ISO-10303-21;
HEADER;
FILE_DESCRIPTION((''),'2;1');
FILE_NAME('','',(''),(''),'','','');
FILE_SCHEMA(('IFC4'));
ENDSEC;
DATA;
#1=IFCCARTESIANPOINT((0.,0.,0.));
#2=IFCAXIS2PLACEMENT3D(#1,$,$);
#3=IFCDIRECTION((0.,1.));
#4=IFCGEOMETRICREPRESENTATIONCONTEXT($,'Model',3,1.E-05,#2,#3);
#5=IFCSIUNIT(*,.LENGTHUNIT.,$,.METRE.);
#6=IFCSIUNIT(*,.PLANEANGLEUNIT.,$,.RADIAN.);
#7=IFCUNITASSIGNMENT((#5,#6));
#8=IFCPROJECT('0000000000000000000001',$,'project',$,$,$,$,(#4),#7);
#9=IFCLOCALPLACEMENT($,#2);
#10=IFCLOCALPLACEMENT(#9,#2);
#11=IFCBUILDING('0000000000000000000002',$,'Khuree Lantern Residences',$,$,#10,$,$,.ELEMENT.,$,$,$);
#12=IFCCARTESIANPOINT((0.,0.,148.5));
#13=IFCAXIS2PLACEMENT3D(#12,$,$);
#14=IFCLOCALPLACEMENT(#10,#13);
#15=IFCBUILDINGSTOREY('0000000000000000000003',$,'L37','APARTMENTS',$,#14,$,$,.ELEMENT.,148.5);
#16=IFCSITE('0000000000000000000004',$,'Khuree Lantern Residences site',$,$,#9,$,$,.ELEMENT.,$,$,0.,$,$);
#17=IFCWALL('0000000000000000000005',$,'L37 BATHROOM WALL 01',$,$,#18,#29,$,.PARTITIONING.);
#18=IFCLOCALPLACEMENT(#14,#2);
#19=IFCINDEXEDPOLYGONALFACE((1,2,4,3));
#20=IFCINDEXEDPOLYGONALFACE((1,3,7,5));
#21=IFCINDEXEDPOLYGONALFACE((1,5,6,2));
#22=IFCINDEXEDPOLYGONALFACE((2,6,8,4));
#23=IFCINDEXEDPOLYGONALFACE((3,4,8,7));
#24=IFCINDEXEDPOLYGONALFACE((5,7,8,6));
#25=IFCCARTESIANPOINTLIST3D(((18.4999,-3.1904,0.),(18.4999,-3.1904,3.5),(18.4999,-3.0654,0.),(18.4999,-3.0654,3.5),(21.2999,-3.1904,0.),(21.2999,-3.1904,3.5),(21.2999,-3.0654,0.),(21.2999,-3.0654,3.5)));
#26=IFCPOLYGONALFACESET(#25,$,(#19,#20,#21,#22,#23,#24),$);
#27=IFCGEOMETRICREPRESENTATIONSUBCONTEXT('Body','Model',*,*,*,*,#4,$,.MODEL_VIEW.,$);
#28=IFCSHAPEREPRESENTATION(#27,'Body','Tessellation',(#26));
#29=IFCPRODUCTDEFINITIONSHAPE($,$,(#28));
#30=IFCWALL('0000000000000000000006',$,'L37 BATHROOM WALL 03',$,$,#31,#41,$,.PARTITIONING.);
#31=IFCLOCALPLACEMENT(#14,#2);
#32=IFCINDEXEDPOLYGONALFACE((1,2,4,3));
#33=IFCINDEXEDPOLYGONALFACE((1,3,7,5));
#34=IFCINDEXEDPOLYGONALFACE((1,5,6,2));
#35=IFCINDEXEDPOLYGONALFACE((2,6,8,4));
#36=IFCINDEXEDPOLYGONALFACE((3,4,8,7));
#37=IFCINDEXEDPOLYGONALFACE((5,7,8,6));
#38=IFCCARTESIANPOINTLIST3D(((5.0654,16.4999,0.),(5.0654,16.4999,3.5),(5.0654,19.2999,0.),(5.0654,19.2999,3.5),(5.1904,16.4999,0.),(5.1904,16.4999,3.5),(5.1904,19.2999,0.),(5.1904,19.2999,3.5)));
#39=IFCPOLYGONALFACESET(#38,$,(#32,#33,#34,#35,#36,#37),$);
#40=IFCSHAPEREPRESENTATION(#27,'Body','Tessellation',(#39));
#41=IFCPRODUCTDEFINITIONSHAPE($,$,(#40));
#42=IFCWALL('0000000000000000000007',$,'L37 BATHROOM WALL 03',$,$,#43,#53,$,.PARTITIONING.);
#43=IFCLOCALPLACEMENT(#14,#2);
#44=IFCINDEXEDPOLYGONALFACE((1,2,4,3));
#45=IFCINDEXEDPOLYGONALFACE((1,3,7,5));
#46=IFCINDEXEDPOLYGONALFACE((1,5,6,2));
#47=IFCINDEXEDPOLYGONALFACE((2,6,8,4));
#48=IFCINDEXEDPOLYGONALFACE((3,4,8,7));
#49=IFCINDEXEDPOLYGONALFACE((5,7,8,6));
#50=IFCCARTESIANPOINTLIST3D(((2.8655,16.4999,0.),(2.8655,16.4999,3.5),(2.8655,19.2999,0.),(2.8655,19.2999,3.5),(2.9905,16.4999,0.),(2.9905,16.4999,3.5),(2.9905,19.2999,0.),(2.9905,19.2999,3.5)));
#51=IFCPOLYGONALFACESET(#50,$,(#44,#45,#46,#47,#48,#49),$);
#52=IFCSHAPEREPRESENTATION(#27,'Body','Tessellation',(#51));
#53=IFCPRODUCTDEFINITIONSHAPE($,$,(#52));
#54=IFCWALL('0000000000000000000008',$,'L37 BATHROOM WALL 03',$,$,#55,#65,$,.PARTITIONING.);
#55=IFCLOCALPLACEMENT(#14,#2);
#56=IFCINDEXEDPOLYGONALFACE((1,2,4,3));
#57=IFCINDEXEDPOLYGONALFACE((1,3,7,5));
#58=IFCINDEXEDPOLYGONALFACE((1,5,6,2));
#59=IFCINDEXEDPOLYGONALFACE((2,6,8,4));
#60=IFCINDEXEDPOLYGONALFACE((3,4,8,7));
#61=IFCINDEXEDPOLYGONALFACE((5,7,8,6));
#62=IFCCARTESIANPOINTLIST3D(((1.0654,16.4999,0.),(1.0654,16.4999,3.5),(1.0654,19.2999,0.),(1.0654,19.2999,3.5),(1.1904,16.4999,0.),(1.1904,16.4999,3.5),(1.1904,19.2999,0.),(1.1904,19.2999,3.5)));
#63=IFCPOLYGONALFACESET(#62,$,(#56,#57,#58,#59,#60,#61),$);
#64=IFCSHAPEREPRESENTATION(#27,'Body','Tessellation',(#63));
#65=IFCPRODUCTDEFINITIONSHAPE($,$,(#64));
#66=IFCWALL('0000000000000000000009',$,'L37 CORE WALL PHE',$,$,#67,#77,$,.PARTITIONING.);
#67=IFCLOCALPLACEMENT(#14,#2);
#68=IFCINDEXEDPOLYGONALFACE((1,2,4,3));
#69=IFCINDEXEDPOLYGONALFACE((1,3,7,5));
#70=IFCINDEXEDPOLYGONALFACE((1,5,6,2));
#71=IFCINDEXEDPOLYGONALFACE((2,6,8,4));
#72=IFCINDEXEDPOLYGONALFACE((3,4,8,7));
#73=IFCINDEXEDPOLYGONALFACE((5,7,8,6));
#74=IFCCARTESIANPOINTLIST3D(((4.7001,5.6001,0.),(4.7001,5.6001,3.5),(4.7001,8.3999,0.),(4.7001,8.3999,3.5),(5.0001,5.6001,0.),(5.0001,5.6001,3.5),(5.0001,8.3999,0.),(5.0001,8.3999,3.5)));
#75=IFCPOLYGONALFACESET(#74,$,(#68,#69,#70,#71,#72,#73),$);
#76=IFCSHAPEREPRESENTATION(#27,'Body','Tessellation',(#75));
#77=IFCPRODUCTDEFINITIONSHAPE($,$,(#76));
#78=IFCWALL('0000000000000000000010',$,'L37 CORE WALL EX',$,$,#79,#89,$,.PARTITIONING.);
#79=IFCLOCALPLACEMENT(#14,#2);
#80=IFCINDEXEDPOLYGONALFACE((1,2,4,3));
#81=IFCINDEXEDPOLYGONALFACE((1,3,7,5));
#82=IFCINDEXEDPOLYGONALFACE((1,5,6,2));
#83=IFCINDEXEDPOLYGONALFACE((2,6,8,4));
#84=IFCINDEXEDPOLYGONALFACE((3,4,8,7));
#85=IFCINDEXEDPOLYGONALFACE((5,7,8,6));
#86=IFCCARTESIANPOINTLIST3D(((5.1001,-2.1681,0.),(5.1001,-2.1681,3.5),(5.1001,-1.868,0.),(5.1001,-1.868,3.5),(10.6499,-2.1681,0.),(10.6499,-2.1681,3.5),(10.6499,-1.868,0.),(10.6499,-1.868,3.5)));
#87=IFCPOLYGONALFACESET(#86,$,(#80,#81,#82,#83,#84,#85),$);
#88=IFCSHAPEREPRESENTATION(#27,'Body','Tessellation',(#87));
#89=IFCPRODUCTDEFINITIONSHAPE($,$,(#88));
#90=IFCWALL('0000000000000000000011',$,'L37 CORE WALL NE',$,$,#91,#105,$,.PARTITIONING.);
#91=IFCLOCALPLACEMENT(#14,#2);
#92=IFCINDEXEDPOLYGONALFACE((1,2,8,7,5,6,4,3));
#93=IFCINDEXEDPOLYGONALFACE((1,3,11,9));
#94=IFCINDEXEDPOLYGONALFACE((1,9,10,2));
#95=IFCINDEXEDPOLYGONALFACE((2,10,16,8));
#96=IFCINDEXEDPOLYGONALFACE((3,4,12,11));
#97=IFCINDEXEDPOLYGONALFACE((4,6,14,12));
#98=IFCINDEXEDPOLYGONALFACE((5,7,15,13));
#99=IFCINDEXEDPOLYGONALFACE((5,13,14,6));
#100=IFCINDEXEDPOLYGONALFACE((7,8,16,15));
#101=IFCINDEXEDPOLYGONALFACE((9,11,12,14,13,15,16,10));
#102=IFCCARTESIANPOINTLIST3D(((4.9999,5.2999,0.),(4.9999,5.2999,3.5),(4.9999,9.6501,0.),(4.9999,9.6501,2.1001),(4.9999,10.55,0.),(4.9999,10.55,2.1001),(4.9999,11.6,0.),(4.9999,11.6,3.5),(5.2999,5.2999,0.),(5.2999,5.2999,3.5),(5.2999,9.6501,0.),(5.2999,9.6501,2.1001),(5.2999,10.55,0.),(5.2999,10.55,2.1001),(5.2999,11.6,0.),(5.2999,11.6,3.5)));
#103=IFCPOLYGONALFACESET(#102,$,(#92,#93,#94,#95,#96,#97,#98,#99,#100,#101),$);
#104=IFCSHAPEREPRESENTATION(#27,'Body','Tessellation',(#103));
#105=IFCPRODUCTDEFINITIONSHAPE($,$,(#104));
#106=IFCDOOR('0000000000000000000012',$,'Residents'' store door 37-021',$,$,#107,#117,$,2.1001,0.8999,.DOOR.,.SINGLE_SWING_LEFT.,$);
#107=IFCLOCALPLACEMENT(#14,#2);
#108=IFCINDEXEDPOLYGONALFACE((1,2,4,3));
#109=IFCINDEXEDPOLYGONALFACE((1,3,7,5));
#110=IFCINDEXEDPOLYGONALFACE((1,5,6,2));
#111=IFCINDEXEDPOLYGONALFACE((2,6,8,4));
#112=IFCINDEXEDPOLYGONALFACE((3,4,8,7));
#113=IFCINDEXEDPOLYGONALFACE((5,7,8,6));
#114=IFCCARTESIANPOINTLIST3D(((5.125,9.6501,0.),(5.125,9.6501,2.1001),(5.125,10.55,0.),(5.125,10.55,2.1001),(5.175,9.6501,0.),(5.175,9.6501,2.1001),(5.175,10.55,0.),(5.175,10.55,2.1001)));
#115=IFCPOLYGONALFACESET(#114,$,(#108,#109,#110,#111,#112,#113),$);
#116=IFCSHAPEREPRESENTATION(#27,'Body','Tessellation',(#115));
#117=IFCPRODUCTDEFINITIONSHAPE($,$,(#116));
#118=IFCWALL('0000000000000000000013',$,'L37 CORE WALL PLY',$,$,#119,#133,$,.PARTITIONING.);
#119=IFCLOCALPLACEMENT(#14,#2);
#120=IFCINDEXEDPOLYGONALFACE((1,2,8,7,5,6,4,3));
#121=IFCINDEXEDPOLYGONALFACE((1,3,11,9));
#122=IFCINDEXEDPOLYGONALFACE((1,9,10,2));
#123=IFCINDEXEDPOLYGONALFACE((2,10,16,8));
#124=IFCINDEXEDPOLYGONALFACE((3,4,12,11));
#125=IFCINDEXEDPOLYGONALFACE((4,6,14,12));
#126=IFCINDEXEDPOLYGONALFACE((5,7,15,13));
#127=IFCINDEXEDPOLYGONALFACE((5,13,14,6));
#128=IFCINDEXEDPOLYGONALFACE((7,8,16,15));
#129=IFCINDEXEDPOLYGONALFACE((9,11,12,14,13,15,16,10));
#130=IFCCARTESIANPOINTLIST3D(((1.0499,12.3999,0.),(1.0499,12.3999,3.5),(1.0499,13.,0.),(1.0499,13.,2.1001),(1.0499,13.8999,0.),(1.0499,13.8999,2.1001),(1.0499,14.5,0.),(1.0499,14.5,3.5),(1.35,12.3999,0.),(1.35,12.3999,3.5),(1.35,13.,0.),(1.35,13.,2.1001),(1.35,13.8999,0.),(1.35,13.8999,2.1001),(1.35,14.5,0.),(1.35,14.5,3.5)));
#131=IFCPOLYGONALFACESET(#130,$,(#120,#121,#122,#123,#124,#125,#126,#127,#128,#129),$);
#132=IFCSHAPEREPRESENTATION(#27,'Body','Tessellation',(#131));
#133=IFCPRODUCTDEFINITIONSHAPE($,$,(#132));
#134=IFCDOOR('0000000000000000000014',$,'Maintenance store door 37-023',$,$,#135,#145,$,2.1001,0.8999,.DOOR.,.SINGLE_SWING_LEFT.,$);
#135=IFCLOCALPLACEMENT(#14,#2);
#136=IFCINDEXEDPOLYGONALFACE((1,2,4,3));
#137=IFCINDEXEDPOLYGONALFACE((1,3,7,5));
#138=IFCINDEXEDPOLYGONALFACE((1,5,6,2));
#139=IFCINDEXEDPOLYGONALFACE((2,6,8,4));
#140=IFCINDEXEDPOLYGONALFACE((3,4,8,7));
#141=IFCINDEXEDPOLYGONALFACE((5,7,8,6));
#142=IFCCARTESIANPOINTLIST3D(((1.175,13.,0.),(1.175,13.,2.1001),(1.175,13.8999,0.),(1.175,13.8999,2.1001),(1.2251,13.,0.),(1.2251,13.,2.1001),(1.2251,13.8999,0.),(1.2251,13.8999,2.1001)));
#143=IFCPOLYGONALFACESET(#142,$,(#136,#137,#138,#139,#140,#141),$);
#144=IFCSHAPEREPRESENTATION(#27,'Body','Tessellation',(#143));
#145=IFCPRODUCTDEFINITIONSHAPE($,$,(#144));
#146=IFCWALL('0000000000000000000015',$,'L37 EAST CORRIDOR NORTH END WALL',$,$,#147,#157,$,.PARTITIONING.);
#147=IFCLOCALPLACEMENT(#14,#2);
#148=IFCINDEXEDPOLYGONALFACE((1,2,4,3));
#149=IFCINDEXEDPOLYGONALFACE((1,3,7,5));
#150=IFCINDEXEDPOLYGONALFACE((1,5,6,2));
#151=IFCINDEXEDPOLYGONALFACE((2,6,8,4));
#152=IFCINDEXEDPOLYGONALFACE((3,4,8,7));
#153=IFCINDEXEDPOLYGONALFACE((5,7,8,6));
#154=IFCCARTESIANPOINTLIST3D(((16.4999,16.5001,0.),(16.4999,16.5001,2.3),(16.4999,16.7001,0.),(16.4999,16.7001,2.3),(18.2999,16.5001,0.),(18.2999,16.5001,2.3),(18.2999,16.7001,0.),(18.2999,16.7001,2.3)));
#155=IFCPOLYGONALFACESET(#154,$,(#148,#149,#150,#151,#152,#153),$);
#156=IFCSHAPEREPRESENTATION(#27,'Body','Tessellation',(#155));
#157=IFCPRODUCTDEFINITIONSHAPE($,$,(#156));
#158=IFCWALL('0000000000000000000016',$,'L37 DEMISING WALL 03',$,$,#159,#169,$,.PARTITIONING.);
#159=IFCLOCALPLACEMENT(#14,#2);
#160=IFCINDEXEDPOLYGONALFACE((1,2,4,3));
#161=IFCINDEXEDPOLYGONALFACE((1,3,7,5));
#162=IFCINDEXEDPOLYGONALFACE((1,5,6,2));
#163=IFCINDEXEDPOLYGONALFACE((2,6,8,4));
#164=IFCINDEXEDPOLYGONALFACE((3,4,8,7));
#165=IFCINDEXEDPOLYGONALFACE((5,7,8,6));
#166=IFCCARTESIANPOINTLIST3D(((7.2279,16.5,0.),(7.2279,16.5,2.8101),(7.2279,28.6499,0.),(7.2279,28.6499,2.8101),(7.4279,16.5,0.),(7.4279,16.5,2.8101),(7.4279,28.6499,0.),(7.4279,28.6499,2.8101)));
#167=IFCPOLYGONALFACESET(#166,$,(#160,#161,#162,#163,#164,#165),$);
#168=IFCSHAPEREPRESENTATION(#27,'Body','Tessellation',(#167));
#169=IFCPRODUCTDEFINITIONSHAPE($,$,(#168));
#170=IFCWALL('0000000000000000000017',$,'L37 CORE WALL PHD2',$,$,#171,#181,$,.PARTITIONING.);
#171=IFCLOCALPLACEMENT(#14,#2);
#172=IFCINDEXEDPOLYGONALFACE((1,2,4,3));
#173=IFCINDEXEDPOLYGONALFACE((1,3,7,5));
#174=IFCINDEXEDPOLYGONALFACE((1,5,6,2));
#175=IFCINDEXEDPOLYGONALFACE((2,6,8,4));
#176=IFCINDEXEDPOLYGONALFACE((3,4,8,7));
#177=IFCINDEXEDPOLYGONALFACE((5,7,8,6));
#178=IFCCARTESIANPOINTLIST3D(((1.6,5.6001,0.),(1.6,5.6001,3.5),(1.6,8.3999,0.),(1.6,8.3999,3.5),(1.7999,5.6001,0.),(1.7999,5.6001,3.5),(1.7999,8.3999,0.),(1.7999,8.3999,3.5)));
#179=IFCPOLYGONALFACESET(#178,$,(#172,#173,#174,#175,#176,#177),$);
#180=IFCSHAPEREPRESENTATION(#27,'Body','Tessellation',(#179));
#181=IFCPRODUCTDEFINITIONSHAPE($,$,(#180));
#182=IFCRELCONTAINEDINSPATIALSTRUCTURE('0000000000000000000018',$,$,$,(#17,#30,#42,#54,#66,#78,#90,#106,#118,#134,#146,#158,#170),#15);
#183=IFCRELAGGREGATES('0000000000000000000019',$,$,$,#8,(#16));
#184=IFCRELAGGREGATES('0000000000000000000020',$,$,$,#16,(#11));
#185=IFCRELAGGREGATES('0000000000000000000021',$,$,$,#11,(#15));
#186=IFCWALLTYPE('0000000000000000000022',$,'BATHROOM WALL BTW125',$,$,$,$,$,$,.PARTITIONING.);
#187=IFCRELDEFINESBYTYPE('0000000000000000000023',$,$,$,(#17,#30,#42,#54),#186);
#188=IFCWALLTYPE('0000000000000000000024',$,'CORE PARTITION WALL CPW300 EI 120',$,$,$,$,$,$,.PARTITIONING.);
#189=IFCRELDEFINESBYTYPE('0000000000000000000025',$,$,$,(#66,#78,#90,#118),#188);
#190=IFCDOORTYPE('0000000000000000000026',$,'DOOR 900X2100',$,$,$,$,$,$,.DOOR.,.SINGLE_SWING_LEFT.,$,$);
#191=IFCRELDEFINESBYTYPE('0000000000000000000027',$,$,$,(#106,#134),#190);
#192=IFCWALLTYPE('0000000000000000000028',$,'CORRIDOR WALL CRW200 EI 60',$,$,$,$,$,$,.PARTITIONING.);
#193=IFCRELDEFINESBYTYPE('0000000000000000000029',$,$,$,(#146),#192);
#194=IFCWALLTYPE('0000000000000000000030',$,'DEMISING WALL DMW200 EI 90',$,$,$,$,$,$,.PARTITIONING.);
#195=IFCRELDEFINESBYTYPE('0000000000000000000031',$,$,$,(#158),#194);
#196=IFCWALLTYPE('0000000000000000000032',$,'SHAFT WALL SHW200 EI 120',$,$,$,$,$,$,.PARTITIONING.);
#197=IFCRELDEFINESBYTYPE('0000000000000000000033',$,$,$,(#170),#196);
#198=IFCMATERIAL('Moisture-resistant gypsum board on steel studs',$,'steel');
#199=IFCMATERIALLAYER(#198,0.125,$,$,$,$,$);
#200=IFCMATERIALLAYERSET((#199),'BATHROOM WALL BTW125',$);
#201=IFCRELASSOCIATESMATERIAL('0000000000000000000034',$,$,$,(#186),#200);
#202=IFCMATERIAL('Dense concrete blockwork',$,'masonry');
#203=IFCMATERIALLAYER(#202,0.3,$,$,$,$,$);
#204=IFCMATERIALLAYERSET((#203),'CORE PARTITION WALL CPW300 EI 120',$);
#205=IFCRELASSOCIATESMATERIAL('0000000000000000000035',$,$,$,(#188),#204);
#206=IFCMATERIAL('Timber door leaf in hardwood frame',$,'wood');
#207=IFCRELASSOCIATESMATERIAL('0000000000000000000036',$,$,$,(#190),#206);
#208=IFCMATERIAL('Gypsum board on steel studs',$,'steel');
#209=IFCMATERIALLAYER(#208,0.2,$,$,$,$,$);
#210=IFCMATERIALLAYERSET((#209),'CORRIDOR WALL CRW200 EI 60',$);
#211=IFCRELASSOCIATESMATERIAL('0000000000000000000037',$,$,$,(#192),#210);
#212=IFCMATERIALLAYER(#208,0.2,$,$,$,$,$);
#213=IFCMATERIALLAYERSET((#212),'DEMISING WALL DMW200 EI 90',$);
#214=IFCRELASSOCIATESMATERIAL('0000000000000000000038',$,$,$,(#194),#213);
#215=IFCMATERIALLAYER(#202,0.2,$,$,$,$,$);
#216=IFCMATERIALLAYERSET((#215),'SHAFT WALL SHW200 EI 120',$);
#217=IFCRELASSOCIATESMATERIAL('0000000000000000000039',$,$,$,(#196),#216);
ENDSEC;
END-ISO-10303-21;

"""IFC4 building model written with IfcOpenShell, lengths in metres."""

from ifc_helpers import new_model, si_unit, direction, frame, frame_2d, origin, place, context, subcontext, project, spatial, rectangle, extrude, material, layer, layer_set, type_object, element, fill, save


model = new_model("IFC4")

# Units and contexts
model_context = context("Model", 3, precision=1e-05, world=origin(), true_north=direction((0.0, 1.0)))
body_context = subcontext(model_context, "Body", "Model", "MODEL_VIEW")
ifc_project = project(units=[si_unit("LENGTHUNIT", "METRE"), si_unit("PLANEANGLEUNIT", "RADIAN")], contexts=[model_context])

# Site, building, storey
site_placement = place(None, origin())
site = spatial("IfcSite", under=ifc_project, at=site_placement, Name="Khuree Lantern Residences site", CompositionType="ELEMENT", RefElevation=0.0)
building_placement = place(site_placement, origin())
building = spatial("IfcBuilding", under=site, at=building_placement, Name="Khuree Lantern Residences", CompositionType="ELEMENT")
storey_placement = place(building_placement, frame((0.0, 0.0, 148.5)))
storey = spatial("IfcBuildingStorey", under=building, at=storey_placement, Name="L37", Description="APARTMENTS", CompositionType="ELEMENT", Elevation=148.5)

# Walls
ifc_material_1 = material(Name="Moisture-resistant gypsum board on steel studs", Category="steel")
ifc_layer_1 = layer(ifc_material_1, 0.125)
ifc_layer_set_1 = layer_set([ifc_layer_1], Name="BATHROOM WALL BTW125")
wall_type_1 = type_object("IfcWallType", Name="BATHROOM WALL BTW125", PredefinedType="PARTITIONING", material=ifc_layer_set_1)
for number, where, z_axis, x_axis, name in (
    (1, (18.5, -3.1279, 0.0), (0.0, 0.0, 1.0), (1.0, 0.0, 0.0), "L37 BATHROOM WALL 01"),
    (2, (5.1279, 16.5, 0.0), (0.0, 0.0, 1.0), (0.0, 1.0, 0.0), "L37 BATHROOM WALL 03"),
    (3, (2.928, 16.5, 0.0), (0.0, 0.0, 1.0), (0.0, 1.0, 0.0), "L37 BATHROOM WALL 03"),
    (4, (1.1279, 16.5, 0.0), (0.0, 0.0, 1.0), (0.0, 1.0, 0.0), "L37 BATHROOM WALL 03"),
):
    element("IfcWall", number, at=place(storey_placement, frame(where, z_axis=z_axis, x_axis=x_axis)), inside=storey, type_object=wall_type_1, Name=name, PredefinedType="PARTITIONING", context=body_context, shape_type="SweptSolid", body=[
        extrude(rectangle(XDim=2.8, YDim=0.125, at=frame_2d((1.3999, 0.0))), origin(), (0.0, 0.0, 1.0), 3.5),
    ])
ifc_material_2 = material(Name="Dense concrete blockwork", Category="masonry")
ifc_layer_2 = layer(ifc_material_2, 0.3)
ifc_layer_set_2 = layer_set([ifc_layer_2], Name="CORE PARTITION WALL CPW300 EI 120")
wall_type_2 = type_object("IfcWallType", Name="CORE PARTITION WALL CPW300 EI 120", PredefinedType="PARTITIONING", material=ifc_layer_set_2)
wall_1_placement = place(storey_placement, frame((4.8501, 5.6001, 0.0), z_axis=(0.0, 0.0, 1.0), x_axis=(0.0, 1.0, 0.0)))
element("IfcWall", 5, at=wall_1_placement, inside=storey, type_object=wall_type_2, Name="L37 CORE WALL PHE", PredefinedType="PARTITIONING", context=body_context, shape_type="SweptSolid", body=[
    extrude(rectangle(XDim=2.7998, YDim=0.3, at=frame_2d((1.3999, 0.0))), origin(), (0.0, 0.0, 1.0), 3.5),
])
wall_2_placement = place(storey_placement, frame((10.6499, -2.0181, 0.0), z_axis=(0.0, 0.0, 1.0), x_axis=(-1.0, 0.0, 0.0)))
element("IfcWall", 6, at=wall_2_placement, inside=storey, type_object=wall_type_2, Name="L37 CORE WALL EX", PredefinedType="PARTITIONING", context=body_context, shape_type="SweptSolid", body=[
    extrude(rectangle(XDim=5.5498, YDim=0.3, at=frame_2d((2.7749, 0.0))), origin(), (0.0, 0.0, 1.0), 3.5),
])

# Walls, openings, doors
wall_3_placement = place(storey_placement, frame((5.1499, 5.3, 0.0), z_axis=(0.0, 0.0, 1.0), x_axis=(0.0, 1.0, 0.0)))
wall_3 = element("IfcWall", 7, at=wall_3_placement, inside=storey, type_object=wall_type_2, Name="L37 CORE WALL NE", PredefinedType="PARTITIONING", context=body_context, shape_type="SweptSolid", body=[
    extrude(rectangle(XDim=6.3, YDim=0.3, at=frame_2d((3.1499, 0.0))), origin(), (0.0, 0.0, 1.0), 3.5),
])
opening_1_placement = place(wall_3_placement, frame((4.3501, 0.0, 0.0)))
opening_1 = element("IfcOpeningElement", 8, at=opening_1_placement, cuts=wall_3, PredefinedType="OPENING", context=body_context, shape_type="SweptSolid", body=[
    extrude(rectangle(XDim=0.8999, YDim=2.1001, at=frame_2d((0.45, 1.05))), frame((0.0, 0.1602, 0.0), z_axis=(0.0, -1.0, 0.0), x_axis=(1.0, 0.0, 0.0)), (0.0, 0.0, 1.0), 0.3201),
])
ifc_material_3 = material(Name="Timber door leaf in hardwood frame", Category="wood")
door_type = type_object("IfcDoorType", Name="DOOR 900X2100", OperationType="SINGLE_SWING_LEFT", PredefinedType="DOOR", material=ifc_material_3)
door_1_placement = place(opening_1_placement, origin())
door_1 = element("IfcDoor", 9, at=door_1_placement, inside=storey, type_object=door_type, Name="Residents' store door 37-021", OperationType="SINGLE_SWING_LEFT", OverallHeight=2.1001, OverallWidth=0.8999, PredefinedType="DOOR", context=body_context, shape_type="SweptSolid", body=[
    extrude(rectangle(XDim=0.8999, YDim=2.1001, at=frame_2d((0.45, 1.05))), frame((0.0, 0.0249, 0.0), z_axis=(0.0, -1.0, 0.0), x_axis=(1.0, 0.0, 0.0)), (0.0, 0.0, 1.0), 0.05),
])
fill(opening_1, door_1)
wall_4_placement = place(storey_placement, frame((1.2, 12.3999, 0.0), z_axis=(0.0, 0.0, 1.0), x_axis=(0.0, 1.0, 0.0)))
wall_4 = element("IfcWall", 10, at=wall_4_placement, inside=storey, type_object=wall_type_2, Name="L37 CORE WALL PLY", PredefinedType="PARTITIONING", context=body_context, shape_type="SweptSolid", body=[
    extrude(rectangle(XDim=2.1001, YDim=0.3, at=frame_2d((1.05, 0.0))), origin(), (0.0, 0.0, 1.0), 3.5),
])
opening_2_placement = place(wall_4_placement, frame((0.6001, 0.0, 0.0)))
opening_2 = element("IfcOpeningElement", 11, at=opening_2_placement, cuts=wall_4, PredefinedType="OPENING", context=body_context, shape_type="SweptSolid", body=[
    extrude(rectangle(XDim=0.8999, YDim=2.1001, at=frame_2d((0.45, 1.05))), frame((0.0, 0.1602, 0.0), z_axis=(0.0, -1.0, 0.0), x_axis=(1.0, 0.0, 0.0)), (0.0, 0.0, 1.0), 0.3201),
])
door_2_placement = place(opening_2_placement, origin())
door_2 = element("IfcDoor", 12, at=door_2_placement, inside=storey, type_object=door_type, Name="Maintenance store door 37-023", OperationType="SINGLE_SWING_LEFT", OverallHeight=2.1001, OverallWidth=0.8999, PredefinedType="DOOR", context=body_context, shape_type="SweptSolid", body=[
    extrude(rectangle(XDim=0.8999, YDim=2.1001, at=frame_2d((0.45, 1.05))), frame((0.0, 0.0249, 0.0), z_axis=(0.0, -1.0, 0.0), x_axis=(1.0, 0.0, 0.0)), (0.0, 0.0, 1.0), 0.05),
])
fill(opening_2, door_2)

# Walls
ifc_material_4 = material(Name="Gypsum board on steel studs", Category="steel")
ifc_layer_3 = layer(ifc_material_4, 0.2)
ifc_layer_set_3 = layer_set([ifc_layer_3], Name="CORRIDOR WALL CRW200 EI 60")
wall_type_3 = type_object("IfcWallType", Name="CORRIDOR WALL CRW200 EI 60", PredefinedType="PARTITIONING", material=ifc_layer_set_3)
wall_5_placement = place(storey_placement, frame((16.5, 16.6001, 0.0), z_axis=(0.0, 0.0, 1.0), x_axis=(1.0, 0.0, 0.0)))
element("IfcWall", 13, at=wall_5_placement, inside=storey, type_object=wall_type_3, Name="L37 EAST CORRIDOR NORTH END WALL", PredefinedType="PARTITIONING", context=body_context, shape_type="SweptSolid", body=[
    extrude(rectangle(XDim=1.8, YDim=0.2, at=frame_2d((0.8999, 0.0))), origin(), (0.0, 0.0, 1.0), 2.3),
])
ifc_layer_4 = layer(ifc_material_4, 0.2)
ifc_layer_set_4 = layer_set([ifc_layer_4], Name="DEMISING WALL DMW200 EI 90")
wall_type_4 = type_object("IfcWallType", Name="DEMISING WALL DMW200 EI 90", PredefinedType="PARTITIONING", material=ifc_layer_set_4)
wall_6_placement = place(storey_placement, frame((7.3279, 16.5, 0.0), z_axis=(0.0, 0.0, 1.0), x_axis=(0.0, 1.0, 0.0)))
element("IfcWall", 14, at=wall_6_placement, inside=storey, type_object=wall_type_4, Name="L37 DEMISING WALL 03", PredefinedType="PARTITIONING", context=body_context, shape_type="SweptSolid", body=[
    extrude(rectangle(XDim=12.1499, YDim=0.2, at=frame_2d((6.075, 0.0))), origin(), (0.0, 0.0, 1.0), 2.8101),
])
ifc_layer_5 = layer(ifc_material_2, 0.2)
ifc_layer_set_5 = layer_set([ifc_layer_5], Name="SHAFT WALL SHW200 EI 120")
wall_type_5 = type_object("IfcWallType", Name="SHAFT WALL SHW200 EI 120", PredefinedType="PARTITIONING", material=ifc_layer_set_5)
wall_7_placement = place(storey_placement, frame((1.7, 5.6001, 0.0), z_axis=(0.0, 0.0, 1.0), x_axis=(0.0, 1.0, 0.0)))
element("IfcWall", 15, at=wall_7_placement, inside=storey, type_object=wall_type_5, Name="L37 CORE WALL PHD2", PredefinedType="PARTITIONING", context=body_context, shape_type="SweptSolid", body=[
    extrude(rectangle(XDim=2.7998, YDim=0.2, at=frame_2d((1.3999, 0.0))), origin(), (0.0, 0.0, 1.0), 3.5),
])

save(model, "model.ifc")
